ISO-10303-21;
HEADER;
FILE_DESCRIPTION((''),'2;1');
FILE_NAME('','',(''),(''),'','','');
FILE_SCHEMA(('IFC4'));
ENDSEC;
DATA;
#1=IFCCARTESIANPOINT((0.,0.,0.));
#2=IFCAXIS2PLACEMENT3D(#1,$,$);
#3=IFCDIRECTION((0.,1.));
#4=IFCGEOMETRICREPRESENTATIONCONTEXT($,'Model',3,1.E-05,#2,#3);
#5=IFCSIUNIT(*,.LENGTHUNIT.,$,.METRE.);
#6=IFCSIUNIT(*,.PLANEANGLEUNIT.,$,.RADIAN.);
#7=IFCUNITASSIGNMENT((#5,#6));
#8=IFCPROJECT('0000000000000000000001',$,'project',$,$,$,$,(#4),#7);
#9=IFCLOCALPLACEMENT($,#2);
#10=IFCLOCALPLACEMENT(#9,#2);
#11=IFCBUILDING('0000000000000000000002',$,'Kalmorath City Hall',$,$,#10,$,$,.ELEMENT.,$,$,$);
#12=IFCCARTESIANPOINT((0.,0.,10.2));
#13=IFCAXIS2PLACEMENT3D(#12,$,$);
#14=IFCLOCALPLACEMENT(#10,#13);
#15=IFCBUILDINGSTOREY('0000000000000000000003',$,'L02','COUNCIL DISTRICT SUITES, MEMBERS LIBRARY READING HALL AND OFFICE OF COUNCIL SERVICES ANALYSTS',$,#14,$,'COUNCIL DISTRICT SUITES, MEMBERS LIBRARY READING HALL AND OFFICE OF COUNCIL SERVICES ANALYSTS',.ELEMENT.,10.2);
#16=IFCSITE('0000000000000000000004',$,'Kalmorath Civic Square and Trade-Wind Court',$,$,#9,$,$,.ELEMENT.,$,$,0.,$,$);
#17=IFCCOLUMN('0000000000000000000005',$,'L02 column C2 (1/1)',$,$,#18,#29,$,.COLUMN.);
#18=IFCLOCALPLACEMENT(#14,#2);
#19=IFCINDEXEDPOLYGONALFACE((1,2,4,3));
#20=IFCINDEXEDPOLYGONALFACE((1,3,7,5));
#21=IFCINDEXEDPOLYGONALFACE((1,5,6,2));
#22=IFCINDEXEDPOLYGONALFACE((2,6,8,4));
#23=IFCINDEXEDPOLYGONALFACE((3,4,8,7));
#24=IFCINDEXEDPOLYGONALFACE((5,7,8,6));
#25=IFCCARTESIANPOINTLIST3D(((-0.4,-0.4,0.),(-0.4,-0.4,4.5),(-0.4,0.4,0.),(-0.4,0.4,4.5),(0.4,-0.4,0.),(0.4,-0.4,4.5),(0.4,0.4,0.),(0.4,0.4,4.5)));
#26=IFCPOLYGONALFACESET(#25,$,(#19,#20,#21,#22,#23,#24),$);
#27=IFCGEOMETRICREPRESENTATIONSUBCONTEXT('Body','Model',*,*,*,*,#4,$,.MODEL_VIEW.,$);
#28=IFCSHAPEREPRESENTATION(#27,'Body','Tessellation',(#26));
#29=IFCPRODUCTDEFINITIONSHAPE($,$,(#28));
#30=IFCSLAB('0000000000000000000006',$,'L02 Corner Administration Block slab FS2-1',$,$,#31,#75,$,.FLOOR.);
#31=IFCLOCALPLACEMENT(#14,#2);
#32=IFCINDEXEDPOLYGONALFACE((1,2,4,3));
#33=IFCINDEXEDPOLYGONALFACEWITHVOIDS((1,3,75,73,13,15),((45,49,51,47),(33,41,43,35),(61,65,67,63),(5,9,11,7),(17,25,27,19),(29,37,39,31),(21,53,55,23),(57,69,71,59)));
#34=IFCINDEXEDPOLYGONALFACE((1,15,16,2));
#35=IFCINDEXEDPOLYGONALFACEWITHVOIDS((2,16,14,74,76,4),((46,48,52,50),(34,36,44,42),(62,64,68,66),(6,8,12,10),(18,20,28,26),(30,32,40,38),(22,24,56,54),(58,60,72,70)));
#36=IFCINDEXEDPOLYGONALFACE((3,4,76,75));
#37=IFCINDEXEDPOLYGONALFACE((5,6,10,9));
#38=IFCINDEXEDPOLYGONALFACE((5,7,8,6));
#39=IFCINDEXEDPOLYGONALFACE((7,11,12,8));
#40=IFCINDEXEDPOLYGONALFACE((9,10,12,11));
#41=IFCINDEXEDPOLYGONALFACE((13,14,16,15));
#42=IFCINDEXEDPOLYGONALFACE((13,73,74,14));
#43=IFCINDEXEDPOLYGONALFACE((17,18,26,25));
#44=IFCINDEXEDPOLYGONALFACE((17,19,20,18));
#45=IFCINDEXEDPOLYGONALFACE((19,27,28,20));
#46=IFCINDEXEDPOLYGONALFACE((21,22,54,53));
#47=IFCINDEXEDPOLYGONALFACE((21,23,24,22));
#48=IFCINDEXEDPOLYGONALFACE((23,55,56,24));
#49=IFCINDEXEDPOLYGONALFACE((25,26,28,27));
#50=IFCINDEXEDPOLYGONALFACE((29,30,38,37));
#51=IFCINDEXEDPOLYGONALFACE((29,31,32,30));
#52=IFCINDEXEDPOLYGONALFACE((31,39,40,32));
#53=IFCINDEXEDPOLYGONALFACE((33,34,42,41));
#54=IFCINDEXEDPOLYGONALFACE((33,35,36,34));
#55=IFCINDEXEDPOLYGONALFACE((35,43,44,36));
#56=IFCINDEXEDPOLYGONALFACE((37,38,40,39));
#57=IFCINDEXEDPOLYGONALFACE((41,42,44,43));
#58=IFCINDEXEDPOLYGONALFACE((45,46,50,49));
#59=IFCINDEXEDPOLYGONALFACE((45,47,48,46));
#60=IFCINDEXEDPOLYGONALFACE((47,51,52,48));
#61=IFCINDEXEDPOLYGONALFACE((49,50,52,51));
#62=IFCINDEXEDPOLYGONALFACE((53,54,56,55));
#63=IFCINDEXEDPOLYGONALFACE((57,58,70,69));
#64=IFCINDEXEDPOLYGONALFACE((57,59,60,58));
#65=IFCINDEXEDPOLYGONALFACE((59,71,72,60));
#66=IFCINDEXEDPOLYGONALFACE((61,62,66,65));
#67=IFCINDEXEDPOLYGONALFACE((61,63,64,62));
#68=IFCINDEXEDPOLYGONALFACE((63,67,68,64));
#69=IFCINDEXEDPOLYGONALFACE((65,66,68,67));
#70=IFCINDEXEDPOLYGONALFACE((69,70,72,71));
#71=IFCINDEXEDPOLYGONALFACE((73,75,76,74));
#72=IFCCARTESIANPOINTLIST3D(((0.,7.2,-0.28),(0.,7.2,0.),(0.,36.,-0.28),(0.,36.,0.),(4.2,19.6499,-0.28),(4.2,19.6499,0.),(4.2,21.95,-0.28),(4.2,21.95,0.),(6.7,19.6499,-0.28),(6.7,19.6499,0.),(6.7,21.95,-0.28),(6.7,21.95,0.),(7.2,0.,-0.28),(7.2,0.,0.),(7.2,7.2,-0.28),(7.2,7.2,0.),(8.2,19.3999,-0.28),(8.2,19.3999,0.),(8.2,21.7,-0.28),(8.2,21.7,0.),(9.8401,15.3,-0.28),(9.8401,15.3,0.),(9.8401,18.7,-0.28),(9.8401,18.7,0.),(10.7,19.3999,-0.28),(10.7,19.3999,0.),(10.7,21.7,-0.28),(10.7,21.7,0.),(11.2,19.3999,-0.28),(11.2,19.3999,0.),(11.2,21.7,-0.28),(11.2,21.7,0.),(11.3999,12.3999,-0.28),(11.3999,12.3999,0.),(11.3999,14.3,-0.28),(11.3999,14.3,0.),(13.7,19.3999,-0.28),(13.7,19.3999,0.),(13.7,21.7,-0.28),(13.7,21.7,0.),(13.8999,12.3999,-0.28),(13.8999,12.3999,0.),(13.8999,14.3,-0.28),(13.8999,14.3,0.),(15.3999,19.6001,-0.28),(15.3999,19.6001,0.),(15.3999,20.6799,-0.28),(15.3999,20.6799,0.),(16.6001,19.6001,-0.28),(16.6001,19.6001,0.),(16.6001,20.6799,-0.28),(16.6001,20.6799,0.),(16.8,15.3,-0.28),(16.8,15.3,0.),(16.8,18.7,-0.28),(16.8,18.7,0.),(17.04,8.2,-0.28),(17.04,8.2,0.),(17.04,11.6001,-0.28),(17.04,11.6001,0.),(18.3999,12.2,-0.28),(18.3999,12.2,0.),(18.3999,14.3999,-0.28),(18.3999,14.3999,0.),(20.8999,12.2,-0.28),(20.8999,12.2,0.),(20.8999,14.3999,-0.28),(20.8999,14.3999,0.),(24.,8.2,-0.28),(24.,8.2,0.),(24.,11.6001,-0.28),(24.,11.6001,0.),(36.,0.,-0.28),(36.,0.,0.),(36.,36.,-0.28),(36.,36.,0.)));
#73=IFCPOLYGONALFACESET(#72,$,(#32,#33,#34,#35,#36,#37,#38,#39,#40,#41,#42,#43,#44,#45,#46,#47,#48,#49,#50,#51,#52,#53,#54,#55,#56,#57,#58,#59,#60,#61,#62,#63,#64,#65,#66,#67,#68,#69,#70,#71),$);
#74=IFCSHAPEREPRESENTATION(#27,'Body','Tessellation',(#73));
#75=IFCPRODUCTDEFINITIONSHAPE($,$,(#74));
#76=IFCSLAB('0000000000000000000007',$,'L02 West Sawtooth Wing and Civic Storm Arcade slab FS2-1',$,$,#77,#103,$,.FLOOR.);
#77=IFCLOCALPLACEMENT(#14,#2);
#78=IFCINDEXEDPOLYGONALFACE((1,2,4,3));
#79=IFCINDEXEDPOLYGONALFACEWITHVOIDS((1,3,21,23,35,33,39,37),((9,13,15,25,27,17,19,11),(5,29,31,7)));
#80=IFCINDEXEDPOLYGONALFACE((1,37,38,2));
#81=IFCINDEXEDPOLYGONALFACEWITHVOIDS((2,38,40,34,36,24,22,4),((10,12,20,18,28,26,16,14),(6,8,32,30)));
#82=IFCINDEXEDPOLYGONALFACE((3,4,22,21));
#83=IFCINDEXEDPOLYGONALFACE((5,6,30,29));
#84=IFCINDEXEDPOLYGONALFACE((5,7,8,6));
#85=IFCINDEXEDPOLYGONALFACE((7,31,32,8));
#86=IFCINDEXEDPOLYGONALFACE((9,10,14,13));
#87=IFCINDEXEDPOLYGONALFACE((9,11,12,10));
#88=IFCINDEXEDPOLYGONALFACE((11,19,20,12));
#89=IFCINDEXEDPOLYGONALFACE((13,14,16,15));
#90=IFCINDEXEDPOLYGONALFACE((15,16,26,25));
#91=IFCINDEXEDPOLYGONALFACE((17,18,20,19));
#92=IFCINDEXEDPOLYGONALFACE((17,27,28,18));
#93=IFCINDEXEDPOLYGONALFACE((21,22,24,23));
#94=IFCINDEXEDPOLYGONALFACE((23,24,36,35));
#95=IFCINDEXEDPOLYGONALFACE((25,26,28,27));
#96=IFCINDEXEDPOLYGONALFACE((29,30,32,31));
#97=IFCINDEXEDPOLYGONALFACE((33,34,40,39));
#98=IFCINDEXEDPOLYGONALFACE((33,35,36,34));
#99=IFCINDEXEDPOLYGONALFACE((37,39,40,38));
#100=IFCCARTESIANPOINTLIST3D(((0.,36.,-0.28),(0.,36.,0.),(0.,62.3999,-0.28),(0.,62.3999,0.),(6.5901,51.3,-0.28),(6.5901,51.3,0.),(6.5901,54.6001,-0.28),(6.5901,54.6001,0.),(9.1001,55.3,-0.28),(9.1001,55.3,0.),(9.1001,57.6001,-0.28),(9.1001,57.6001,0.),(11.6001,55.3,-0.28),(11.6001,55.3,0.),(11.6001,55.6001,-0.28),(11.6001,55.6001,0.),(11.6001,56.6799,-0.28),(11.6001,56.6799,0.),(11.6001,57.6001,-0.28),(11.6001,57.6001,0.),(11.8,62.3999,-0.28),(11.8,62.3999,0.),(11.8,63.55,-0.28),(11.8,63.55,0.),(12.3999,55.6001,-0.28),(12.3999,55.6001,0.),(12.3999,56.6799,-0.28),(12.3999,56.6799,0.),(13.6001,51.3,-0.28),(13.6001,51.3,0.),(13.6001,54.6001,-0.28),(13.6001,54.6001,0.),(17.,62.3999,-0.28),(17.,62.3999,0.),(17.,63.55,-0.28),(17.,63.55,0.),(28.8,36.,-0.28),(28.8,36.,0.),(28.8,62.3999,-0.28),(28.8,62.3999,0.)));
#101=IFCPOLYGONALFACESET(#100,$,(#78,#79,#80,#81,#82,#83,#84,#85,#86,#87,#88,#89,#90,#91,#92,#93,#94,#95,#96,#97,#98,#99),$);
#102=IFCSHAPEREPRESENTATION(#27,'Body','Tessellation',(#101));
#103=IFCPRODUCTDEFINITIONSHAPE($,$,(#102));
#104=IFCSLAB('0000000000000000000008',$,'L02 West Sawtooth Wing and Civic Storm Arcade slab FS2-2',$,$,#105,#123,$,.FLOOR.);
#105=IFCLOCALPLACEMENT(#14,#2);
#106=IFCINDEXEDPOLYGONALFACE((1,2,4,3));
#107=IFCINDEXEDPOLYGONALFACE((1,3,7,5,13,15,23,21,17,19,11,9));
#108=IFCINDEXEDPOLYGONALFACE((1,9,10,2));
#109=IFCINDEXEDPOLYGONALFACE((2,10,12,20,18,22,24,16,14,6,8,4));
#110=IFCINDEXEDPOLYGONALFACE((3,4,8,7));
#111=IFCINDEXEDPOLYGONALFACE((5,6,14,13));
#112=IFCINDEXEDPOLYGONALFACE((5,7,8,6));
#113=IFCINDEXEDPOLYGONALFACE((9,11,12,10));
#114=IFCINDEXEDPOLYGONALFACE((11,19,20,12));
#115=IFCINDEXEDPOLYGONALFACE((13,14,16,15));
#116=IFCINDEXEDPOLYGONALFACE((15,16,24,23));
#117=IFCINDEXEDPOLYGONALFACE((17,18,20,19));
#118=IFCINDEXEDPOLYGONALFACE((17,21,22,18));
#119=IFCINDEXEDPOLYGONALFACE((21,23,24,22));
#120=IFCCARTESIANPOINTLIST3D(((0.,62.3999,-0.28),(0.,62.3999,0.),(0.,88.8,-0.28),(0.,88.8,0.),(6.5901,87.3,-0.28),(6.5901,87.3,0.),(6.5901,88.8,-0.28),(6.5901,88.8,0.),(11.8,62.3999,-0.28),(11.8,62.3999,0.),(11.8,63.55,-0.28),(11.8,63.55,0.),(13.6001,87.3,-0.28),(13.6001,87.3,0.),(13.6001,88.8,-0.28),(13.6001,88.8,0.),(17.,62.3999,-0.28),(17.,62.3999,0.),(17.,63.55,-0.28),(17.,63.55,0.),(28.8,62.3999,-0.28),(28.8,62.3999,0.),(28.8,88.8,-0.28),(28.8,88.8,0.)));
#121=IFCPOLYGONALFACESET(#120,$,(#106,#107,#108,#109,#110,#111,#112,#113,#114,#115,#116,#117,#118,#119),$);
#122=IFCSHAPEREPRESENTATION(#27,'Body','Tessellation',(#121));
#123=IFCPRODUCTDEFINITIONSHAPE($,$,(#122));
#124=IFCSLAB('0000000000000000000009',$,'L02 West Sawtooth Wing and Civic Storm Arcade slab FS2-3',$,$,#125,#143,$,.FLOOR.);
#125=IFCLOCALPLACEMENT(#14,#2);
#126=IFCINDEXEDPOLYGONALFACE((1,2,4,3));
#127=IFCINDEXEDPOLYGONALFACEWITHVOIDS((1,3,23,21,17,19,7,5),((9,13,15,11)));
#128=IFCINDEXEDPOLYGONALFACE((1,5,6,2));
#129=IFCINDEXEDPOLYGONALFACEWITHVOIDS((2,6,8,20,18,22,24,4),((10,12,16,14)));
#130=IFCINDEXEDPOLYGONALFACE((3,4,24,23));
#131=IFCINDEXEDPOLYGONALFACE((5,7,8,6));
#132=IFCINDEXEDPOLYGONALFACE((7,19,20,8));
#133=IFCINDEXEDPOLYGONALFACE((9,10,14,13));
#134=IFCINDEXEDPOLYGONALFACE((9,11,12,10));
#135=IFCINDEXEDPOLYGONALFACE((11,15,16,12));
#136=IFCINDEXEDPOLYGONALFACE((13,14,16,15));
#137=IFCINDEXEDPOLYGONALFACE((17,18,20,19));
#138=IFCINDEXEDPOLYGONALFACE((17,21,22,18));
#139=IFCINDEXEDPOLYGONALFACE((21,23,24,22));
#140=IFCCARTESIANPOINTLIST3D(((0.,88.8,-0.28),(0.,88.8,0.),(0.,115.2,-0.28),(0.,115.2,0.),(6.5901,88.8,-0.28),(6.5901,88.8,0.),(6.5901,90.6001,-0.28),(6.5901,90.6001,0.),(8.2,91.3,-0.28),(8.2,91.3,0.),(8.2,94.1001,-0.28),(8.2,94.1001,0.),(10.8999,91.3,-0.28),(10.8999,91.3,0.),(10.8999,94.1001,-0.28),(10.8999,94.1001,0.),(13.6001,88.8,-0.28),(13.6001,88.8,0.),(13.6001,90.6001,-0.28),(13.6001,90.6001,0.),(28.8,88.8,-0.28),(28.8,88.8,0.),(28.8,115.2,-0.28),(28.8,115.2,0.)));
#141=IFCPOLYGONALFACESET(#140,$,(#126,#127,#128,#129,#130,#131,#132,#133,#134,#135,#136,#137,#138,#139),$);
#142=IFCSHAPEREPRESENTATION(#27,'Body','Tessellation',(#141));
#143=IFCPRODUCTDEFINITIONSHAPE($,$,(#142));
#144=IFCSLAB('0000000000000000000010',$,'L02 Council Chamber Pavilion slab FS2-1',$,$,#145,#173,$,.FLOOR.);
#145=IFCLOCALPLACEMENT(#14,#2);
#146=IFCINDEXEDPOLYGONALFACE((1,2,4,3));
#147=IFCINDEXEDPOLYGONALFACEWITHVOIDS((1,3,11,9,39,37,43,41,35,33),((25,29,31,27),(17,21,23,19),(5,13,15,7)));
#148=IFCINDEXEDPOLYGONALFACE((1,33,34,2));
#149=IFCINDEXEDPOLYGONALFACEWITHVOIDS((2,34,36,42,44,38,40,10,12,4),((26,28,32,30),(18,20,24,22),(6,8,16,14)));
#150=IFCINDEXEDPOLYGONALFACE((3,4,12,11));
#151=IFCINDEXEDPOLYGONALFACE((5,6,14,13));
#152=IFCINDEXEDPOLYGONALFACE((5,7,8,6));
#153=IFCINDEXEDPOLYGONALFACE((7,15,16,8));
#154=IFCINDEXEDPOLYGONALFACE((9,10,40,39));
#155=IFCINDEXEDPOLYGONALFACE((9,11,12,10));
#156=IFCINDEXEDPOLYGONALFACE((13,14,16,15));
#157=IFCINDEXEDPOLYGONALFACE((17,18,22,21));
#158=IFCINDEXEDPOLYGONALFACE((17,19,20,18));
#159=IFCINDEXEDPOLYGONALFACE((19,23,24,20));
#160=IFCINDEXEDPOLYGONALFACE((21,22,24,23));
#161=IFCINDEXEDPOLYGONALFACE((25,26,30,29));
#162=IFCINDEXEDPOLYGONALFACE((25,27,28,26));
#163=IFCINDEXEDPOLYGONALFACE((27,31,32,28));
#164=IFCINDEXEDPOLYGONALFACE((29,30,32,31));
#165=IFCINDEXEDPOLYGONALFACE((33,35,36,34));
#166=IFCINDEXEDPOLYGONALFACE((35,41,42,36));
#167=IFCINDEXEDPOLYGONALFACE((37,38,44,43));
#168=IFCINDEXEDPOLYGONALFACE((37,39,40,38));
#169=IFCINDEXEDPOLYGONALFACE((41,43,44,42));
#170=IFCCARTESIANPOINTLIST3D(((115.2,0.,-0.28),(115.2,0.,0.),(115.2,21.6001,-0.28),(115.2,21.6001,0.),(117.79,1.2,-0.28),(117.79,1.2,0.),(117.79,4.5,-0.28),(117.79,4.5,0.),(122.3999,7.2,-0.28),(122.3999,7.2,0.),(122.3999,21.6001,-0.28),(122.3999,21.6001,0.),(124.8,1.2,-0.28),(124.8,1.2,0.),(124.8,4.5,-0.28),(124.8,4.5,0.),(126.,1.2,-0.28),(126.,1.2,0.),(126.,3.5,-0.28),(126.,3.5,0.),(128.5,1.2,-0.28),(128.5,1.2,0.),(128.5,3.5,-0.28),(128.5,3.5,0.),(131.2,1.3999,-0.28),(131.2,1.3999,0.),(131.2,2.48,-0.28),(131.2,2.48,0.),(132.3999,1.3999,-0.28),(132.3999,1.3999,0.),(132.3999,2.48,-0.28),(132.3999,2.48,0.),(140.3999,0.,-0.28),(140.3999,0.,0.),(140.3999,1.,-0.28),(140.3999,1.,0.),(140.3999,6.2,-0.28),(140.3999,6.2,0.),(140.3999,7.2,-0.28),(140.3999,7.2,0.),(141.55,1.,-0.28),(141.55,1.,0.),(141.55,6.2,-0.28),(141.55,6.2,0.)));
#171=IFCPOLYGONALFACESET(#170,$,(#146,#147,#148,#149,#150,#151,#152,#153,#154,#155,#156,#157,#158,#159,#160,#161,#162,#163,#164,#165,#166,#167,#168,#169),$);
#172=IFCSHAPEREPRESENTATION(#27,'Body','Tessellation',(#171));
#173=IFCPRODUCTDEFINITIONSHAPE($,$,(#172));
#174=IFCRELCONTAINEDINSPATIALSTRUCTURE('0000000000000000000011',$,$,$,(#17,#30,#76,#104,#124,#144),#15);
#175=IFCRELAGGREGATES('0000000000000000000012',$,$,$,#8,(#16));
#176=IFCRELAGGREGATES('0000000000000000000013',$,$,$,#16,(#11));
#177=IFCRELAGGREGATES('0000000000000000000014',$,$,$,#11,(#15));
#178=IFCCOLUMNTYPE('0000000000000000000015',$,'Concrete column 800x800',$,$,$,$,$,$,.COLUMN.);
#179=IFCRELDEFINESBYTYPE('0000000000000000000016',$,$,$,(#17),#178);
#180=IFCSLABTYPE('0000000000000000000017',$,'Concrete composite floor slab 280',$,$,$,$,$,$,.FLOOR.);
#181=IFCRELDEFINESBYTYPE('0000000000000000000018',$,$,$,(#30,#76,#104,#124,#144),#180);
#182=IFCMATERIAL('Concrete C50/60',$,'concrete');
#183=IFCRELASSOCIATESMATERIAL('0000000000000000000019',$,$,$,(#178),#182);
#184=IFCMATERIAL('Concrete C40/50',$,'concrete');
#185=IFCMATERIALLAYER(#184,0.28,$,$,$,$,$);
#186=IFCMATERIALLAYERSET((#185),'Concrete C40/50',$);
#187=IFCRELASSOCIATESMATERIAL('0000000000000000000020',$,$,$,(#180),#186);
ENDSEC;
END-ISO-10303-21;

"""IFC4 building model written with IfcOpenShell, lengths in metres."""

from ifc_helpers import new_model, si_unit, direction, frame, origin, origin_with_axes, origin_2d, place, context, subcontext, project, spatial, polyline, rectangle, outline, extrude, material, layer, layer_set, material_profile, profile_set, type_object, element, save


model = new_model("IFC4")

# Units and contexts
model_context = context("Model", 3, precision=1e-05, world=origin(), true_north=direction((0.0, 1.0)))
body_context = subcontext(model_context, "Body", "Model", "MODEL_VIEW")
ifc_project = project(units=[si_unit("LENGTHUNIT", "METRE"), si_unit("PLANEANGLEUNIT", "RADIAN")], contexts=[model_context])

# Site, building, storey
site_placement = place(None, origin())
site = spatial("IfcSite", under=ifc_project, at=site_placement, Name="Kalmorath Civic Square and Trade-Wind Court", CompositionType="ELEMENT", RefElevation=0.0)
building_placement = place(site_placement, origin())
building = spatial("IfcBuilding", under=site, at=building_placement, Name="Kalmorath City Hall", CompositionType="ELEMENT")
storey_placement = place(building_placement, frame((0.0, 0.0, 10.2)))
storey = spatial("IfcBuildingStorey", under=building, at=storey_placement, Name="L02", Description="COUNCIL DISTRICT SUITES, MEMBERS LIBRARY READING HALL AND OFFICE OF COUNCIL SERVICES ANALYSTS", LongName="COUNCIL DISTRICT SUITES, MEMBERS LIBRARY READING HALL AND OFFICE OF COUNCIL SERVICES ANALYSTS", CompositionType="ELEMENT", Elevation=10.2)

# Column
ifc_material_1 = material(Name="Concrete C50/60", Category="concrete")
ifc_material_profile = material_profile(ifc_material_1, rectangle(XDim=0.8, YDim=0.8, at=origin_2d()), Name="RC-COL-800X800")
ifc_profile_set = profile_set([ifc_material_profile], Name="Concrete C50/60")
column_type = type_object("IfcColumnType", Name="Concrete column 800x800", PredefinedType="COLUMN", material=ifc_profile_set)
column_placement = place(storey_placement, origin_with_axes())
element("IfcColumn", 1, at=column_placement, inside=storey, type_object=column_type, Name="L02 column C2 (1/1)", PredefinedType="COLUMN", context=body_context, shape_type="SweptSolid", body=[
    extrude(rectangle(XDim=0.8, YDim=0.8, at=origin_2d()), origin(), (0.0, 0.0, 1.0), 4.5),
])

# Slabs
ifc_material_2 = material(Name="Concrete C40/50", Category="concrete")
ifc_layer_1 = layer(ifc_material_2, 0.28)
ifc_layer_set_1 = layer_set([ifc_layer_1], Name="Concrete C40/50")
slab_type_1 = type_object("IfcSlabType", Name="Concrete composite floor slab 280", PredefinedType="FLOOR", material=ifc_layer_set_1)
slab_1_placement = place(storey_placement, frame((0.0, 0.0, -0.28)))
element("IfcSlab", 2, at=slab_1_placement, inside=storey, type_object=slab_type_1, Name="L02 Corner Administration Block slab FS2-1", PredefinedType="FLOOR", context=body_context, shape_type="SweptSolid", body=[
    extrude(outline(polyline([(0.0, 36.0), (36.0, 36.0), (36.0, 0.0), (7.2, 0.0), (7.2, 7.2), (0.0, 7.2), (0.0, 36.0)]), holes=[polyline([(16.8, 15.3), (16.8, 18.7), (9.8401, 18.7), (9.8401, 15.3), (16.8, 15.3)]), polyline([(4.2, 19.6499), (6.7, 19.6499), (6.7, 21.95), (4.2, 21.95), (4.2, 19.6499)]), polyline([(8.2, 21.7), (8.2, 19.3999), (10.7, 19.3999), (10.7, 21.7), (8.2, 21.7)]), polyline([(13.7, 21.7), (11.2, 21.7), (11.2, 19.3999), (13.7, 19.3999), (13.7, 21.7)]), polyline([(24.0, 8.2), (24.0, 11.6001), (17.04, 11.6001), (17.04, 8.2), (24.0, 8.2)]), polyline([(11.3999, 12.3999), (13.8999, 12.3999), (13.8999, 14.3), (11.3999, 14.3), (11.3999, 12.3999)]), polyline([(18.3999, 14.3999), (18.3999, 12.2), (20.8999, 12.2), (20.8999, 14.3999), (18.3999, 14.3999)]), polyline([(16.6001, 20.6799), (15.3999, 20.6799), (15.3999, 19.6001), (16.6001, 19.6001), (16.6001, 20.6799)])]), origin(), (0.0, 0.0, 1.0), 0.28),
])
slab_2_placement = place(storey_placement, frame((0.0, 0.0, -0.28)))
element("IfcSlab", 3, at=slab_2_placement, inside=storey, type_object=slab_type_1, Name="L02 West Sawtooth Wing and Civic Storm Arcade slab FS2-1", PredefinedType="FLOOR", context=body_context, shape_type="SweptSolid", body=[
    extrude(outline(polyline([(0.0, 36.0), (0.0, 62.3999), (11.8, 62.3999), (11.8, 63.55), (17.0, 63.55), (17.0, 62.3999), (28.8, 62.3999), (28.8, 36.0), (0.0, 36.0)]), holes=[polyline([(6.5901, 54.6001), (6.5901, 51.3), (13.6001, 51.3), (13.6001, 54.6001), (6.5901, 54.6001)]), polyline([(11.6001, 55.6001), (12.3999, 55.6001), (12.3999, 56.6799), (11.6001, 56.6799), (11.6001, 57.6001), (9.1001, 57.6001), (9.1001, 55.3), (11.6001, 55.3), (11.6001, 55.6001)])]), origin(), (0.0, 0.0, 1.0), 0.28),
])
slab_3_placement = place(storey_placement, frame((0.0, 0.0, -0.28)))
element("IfcSlab", 4, at=slab_3_placement, inside=storey, type_object=slab_type_1, Name="L02 West Sawtooth Wing and Civic Storm Arcade slab FS2-2", PredefinedType="FLOOR", context=body_context, shape_type="SweptSolid", body=[
    extrude(outline(polyline([(17.0, 62.3999), (17.0, 63.55), (11.8, 63.55), (11.8, 62.3999), (0.0, 62.3999), (0.0, 88.8), (6.5901, 88.8), (6.5901, 87.3), (13.6001, 87.3), (13.6001, 88.8), (28.8, 88.8), (28.8, 62.3999), (17.0, 62.3999)])), origin(), (0.0, 0.0, 1.0), 0.28),
])
slab_4_placement = place(storey_placement, frame((0.0, 0.0, -0.28)))
element("IfcSlab", 5, at=slab_4_placement, inside=storey, type_object=slab_type_1, Name="L02 West Sawtooth Wing and Civic Storm Arcade slab FS2-3", PredefinedType="FLOOR", context=body_context, shape_type="SweptSolid", body=[
    extrude(outline(polyline([(28.8, 115.2), (28.8, 88.8), (13.6001, 88.8), (13.6001, 90.6001), (6.5901, 90.6001), (6.5901, 88.8), (0.0, 88.8), (0.0, 115.2), (28.8, 115.2)]), holes=[polyline([(8.2, 94.1001), (8.2, 91.3), (10.8999, 91.3), (10.8999, 94.1001), (8.2, 94.1001)])]), origin(), (0.0, 0.0, 1.0), 0.28),
])
slab_5_placement = place(storey_placement, frame((0.0, 0.0, -0.28)))
element("IfcSlab", 6, at=slab_5_placement, inside=storey, type_object=slab_type_1, Name="L02 Council Chamber Pavilion slab FS2-1", PredefinedType="FLOOR", context=body_context, shape_type="SweptSolid", body=[
    extrude(outline(polyline([(115.2, 21.6001), (122.3999, 21.6001), (122.3999, 7.2), (140.3999, 7.2), (140.3999, 6.2), (141.55, 6.2), (141.55, 1.0), (140.3999, 1.0), (140.3999, 0.0), (115.2, 0.0), (115.2, 21.6001)]), holes=[polyline([(117.79, 4.5), (117.79, 1.2), (124.8, 1.2), (124.8, 4.5), (117.79, 4.5)]), polyline([(128.5, 3.5), (126.0, 3.5), (126.0, 1.2), (128.5, 1.2), (128.5, 3.5)]), polyline([(131.2, 1.3999), (132.3999, 1.3999), (132.3999, 2.48), (131.2, 2.48), (131.2, 1.3999)])]), origin(), (0.0, 0.0, 1.0), 0.28),
])

save(model, "model.ifc")
